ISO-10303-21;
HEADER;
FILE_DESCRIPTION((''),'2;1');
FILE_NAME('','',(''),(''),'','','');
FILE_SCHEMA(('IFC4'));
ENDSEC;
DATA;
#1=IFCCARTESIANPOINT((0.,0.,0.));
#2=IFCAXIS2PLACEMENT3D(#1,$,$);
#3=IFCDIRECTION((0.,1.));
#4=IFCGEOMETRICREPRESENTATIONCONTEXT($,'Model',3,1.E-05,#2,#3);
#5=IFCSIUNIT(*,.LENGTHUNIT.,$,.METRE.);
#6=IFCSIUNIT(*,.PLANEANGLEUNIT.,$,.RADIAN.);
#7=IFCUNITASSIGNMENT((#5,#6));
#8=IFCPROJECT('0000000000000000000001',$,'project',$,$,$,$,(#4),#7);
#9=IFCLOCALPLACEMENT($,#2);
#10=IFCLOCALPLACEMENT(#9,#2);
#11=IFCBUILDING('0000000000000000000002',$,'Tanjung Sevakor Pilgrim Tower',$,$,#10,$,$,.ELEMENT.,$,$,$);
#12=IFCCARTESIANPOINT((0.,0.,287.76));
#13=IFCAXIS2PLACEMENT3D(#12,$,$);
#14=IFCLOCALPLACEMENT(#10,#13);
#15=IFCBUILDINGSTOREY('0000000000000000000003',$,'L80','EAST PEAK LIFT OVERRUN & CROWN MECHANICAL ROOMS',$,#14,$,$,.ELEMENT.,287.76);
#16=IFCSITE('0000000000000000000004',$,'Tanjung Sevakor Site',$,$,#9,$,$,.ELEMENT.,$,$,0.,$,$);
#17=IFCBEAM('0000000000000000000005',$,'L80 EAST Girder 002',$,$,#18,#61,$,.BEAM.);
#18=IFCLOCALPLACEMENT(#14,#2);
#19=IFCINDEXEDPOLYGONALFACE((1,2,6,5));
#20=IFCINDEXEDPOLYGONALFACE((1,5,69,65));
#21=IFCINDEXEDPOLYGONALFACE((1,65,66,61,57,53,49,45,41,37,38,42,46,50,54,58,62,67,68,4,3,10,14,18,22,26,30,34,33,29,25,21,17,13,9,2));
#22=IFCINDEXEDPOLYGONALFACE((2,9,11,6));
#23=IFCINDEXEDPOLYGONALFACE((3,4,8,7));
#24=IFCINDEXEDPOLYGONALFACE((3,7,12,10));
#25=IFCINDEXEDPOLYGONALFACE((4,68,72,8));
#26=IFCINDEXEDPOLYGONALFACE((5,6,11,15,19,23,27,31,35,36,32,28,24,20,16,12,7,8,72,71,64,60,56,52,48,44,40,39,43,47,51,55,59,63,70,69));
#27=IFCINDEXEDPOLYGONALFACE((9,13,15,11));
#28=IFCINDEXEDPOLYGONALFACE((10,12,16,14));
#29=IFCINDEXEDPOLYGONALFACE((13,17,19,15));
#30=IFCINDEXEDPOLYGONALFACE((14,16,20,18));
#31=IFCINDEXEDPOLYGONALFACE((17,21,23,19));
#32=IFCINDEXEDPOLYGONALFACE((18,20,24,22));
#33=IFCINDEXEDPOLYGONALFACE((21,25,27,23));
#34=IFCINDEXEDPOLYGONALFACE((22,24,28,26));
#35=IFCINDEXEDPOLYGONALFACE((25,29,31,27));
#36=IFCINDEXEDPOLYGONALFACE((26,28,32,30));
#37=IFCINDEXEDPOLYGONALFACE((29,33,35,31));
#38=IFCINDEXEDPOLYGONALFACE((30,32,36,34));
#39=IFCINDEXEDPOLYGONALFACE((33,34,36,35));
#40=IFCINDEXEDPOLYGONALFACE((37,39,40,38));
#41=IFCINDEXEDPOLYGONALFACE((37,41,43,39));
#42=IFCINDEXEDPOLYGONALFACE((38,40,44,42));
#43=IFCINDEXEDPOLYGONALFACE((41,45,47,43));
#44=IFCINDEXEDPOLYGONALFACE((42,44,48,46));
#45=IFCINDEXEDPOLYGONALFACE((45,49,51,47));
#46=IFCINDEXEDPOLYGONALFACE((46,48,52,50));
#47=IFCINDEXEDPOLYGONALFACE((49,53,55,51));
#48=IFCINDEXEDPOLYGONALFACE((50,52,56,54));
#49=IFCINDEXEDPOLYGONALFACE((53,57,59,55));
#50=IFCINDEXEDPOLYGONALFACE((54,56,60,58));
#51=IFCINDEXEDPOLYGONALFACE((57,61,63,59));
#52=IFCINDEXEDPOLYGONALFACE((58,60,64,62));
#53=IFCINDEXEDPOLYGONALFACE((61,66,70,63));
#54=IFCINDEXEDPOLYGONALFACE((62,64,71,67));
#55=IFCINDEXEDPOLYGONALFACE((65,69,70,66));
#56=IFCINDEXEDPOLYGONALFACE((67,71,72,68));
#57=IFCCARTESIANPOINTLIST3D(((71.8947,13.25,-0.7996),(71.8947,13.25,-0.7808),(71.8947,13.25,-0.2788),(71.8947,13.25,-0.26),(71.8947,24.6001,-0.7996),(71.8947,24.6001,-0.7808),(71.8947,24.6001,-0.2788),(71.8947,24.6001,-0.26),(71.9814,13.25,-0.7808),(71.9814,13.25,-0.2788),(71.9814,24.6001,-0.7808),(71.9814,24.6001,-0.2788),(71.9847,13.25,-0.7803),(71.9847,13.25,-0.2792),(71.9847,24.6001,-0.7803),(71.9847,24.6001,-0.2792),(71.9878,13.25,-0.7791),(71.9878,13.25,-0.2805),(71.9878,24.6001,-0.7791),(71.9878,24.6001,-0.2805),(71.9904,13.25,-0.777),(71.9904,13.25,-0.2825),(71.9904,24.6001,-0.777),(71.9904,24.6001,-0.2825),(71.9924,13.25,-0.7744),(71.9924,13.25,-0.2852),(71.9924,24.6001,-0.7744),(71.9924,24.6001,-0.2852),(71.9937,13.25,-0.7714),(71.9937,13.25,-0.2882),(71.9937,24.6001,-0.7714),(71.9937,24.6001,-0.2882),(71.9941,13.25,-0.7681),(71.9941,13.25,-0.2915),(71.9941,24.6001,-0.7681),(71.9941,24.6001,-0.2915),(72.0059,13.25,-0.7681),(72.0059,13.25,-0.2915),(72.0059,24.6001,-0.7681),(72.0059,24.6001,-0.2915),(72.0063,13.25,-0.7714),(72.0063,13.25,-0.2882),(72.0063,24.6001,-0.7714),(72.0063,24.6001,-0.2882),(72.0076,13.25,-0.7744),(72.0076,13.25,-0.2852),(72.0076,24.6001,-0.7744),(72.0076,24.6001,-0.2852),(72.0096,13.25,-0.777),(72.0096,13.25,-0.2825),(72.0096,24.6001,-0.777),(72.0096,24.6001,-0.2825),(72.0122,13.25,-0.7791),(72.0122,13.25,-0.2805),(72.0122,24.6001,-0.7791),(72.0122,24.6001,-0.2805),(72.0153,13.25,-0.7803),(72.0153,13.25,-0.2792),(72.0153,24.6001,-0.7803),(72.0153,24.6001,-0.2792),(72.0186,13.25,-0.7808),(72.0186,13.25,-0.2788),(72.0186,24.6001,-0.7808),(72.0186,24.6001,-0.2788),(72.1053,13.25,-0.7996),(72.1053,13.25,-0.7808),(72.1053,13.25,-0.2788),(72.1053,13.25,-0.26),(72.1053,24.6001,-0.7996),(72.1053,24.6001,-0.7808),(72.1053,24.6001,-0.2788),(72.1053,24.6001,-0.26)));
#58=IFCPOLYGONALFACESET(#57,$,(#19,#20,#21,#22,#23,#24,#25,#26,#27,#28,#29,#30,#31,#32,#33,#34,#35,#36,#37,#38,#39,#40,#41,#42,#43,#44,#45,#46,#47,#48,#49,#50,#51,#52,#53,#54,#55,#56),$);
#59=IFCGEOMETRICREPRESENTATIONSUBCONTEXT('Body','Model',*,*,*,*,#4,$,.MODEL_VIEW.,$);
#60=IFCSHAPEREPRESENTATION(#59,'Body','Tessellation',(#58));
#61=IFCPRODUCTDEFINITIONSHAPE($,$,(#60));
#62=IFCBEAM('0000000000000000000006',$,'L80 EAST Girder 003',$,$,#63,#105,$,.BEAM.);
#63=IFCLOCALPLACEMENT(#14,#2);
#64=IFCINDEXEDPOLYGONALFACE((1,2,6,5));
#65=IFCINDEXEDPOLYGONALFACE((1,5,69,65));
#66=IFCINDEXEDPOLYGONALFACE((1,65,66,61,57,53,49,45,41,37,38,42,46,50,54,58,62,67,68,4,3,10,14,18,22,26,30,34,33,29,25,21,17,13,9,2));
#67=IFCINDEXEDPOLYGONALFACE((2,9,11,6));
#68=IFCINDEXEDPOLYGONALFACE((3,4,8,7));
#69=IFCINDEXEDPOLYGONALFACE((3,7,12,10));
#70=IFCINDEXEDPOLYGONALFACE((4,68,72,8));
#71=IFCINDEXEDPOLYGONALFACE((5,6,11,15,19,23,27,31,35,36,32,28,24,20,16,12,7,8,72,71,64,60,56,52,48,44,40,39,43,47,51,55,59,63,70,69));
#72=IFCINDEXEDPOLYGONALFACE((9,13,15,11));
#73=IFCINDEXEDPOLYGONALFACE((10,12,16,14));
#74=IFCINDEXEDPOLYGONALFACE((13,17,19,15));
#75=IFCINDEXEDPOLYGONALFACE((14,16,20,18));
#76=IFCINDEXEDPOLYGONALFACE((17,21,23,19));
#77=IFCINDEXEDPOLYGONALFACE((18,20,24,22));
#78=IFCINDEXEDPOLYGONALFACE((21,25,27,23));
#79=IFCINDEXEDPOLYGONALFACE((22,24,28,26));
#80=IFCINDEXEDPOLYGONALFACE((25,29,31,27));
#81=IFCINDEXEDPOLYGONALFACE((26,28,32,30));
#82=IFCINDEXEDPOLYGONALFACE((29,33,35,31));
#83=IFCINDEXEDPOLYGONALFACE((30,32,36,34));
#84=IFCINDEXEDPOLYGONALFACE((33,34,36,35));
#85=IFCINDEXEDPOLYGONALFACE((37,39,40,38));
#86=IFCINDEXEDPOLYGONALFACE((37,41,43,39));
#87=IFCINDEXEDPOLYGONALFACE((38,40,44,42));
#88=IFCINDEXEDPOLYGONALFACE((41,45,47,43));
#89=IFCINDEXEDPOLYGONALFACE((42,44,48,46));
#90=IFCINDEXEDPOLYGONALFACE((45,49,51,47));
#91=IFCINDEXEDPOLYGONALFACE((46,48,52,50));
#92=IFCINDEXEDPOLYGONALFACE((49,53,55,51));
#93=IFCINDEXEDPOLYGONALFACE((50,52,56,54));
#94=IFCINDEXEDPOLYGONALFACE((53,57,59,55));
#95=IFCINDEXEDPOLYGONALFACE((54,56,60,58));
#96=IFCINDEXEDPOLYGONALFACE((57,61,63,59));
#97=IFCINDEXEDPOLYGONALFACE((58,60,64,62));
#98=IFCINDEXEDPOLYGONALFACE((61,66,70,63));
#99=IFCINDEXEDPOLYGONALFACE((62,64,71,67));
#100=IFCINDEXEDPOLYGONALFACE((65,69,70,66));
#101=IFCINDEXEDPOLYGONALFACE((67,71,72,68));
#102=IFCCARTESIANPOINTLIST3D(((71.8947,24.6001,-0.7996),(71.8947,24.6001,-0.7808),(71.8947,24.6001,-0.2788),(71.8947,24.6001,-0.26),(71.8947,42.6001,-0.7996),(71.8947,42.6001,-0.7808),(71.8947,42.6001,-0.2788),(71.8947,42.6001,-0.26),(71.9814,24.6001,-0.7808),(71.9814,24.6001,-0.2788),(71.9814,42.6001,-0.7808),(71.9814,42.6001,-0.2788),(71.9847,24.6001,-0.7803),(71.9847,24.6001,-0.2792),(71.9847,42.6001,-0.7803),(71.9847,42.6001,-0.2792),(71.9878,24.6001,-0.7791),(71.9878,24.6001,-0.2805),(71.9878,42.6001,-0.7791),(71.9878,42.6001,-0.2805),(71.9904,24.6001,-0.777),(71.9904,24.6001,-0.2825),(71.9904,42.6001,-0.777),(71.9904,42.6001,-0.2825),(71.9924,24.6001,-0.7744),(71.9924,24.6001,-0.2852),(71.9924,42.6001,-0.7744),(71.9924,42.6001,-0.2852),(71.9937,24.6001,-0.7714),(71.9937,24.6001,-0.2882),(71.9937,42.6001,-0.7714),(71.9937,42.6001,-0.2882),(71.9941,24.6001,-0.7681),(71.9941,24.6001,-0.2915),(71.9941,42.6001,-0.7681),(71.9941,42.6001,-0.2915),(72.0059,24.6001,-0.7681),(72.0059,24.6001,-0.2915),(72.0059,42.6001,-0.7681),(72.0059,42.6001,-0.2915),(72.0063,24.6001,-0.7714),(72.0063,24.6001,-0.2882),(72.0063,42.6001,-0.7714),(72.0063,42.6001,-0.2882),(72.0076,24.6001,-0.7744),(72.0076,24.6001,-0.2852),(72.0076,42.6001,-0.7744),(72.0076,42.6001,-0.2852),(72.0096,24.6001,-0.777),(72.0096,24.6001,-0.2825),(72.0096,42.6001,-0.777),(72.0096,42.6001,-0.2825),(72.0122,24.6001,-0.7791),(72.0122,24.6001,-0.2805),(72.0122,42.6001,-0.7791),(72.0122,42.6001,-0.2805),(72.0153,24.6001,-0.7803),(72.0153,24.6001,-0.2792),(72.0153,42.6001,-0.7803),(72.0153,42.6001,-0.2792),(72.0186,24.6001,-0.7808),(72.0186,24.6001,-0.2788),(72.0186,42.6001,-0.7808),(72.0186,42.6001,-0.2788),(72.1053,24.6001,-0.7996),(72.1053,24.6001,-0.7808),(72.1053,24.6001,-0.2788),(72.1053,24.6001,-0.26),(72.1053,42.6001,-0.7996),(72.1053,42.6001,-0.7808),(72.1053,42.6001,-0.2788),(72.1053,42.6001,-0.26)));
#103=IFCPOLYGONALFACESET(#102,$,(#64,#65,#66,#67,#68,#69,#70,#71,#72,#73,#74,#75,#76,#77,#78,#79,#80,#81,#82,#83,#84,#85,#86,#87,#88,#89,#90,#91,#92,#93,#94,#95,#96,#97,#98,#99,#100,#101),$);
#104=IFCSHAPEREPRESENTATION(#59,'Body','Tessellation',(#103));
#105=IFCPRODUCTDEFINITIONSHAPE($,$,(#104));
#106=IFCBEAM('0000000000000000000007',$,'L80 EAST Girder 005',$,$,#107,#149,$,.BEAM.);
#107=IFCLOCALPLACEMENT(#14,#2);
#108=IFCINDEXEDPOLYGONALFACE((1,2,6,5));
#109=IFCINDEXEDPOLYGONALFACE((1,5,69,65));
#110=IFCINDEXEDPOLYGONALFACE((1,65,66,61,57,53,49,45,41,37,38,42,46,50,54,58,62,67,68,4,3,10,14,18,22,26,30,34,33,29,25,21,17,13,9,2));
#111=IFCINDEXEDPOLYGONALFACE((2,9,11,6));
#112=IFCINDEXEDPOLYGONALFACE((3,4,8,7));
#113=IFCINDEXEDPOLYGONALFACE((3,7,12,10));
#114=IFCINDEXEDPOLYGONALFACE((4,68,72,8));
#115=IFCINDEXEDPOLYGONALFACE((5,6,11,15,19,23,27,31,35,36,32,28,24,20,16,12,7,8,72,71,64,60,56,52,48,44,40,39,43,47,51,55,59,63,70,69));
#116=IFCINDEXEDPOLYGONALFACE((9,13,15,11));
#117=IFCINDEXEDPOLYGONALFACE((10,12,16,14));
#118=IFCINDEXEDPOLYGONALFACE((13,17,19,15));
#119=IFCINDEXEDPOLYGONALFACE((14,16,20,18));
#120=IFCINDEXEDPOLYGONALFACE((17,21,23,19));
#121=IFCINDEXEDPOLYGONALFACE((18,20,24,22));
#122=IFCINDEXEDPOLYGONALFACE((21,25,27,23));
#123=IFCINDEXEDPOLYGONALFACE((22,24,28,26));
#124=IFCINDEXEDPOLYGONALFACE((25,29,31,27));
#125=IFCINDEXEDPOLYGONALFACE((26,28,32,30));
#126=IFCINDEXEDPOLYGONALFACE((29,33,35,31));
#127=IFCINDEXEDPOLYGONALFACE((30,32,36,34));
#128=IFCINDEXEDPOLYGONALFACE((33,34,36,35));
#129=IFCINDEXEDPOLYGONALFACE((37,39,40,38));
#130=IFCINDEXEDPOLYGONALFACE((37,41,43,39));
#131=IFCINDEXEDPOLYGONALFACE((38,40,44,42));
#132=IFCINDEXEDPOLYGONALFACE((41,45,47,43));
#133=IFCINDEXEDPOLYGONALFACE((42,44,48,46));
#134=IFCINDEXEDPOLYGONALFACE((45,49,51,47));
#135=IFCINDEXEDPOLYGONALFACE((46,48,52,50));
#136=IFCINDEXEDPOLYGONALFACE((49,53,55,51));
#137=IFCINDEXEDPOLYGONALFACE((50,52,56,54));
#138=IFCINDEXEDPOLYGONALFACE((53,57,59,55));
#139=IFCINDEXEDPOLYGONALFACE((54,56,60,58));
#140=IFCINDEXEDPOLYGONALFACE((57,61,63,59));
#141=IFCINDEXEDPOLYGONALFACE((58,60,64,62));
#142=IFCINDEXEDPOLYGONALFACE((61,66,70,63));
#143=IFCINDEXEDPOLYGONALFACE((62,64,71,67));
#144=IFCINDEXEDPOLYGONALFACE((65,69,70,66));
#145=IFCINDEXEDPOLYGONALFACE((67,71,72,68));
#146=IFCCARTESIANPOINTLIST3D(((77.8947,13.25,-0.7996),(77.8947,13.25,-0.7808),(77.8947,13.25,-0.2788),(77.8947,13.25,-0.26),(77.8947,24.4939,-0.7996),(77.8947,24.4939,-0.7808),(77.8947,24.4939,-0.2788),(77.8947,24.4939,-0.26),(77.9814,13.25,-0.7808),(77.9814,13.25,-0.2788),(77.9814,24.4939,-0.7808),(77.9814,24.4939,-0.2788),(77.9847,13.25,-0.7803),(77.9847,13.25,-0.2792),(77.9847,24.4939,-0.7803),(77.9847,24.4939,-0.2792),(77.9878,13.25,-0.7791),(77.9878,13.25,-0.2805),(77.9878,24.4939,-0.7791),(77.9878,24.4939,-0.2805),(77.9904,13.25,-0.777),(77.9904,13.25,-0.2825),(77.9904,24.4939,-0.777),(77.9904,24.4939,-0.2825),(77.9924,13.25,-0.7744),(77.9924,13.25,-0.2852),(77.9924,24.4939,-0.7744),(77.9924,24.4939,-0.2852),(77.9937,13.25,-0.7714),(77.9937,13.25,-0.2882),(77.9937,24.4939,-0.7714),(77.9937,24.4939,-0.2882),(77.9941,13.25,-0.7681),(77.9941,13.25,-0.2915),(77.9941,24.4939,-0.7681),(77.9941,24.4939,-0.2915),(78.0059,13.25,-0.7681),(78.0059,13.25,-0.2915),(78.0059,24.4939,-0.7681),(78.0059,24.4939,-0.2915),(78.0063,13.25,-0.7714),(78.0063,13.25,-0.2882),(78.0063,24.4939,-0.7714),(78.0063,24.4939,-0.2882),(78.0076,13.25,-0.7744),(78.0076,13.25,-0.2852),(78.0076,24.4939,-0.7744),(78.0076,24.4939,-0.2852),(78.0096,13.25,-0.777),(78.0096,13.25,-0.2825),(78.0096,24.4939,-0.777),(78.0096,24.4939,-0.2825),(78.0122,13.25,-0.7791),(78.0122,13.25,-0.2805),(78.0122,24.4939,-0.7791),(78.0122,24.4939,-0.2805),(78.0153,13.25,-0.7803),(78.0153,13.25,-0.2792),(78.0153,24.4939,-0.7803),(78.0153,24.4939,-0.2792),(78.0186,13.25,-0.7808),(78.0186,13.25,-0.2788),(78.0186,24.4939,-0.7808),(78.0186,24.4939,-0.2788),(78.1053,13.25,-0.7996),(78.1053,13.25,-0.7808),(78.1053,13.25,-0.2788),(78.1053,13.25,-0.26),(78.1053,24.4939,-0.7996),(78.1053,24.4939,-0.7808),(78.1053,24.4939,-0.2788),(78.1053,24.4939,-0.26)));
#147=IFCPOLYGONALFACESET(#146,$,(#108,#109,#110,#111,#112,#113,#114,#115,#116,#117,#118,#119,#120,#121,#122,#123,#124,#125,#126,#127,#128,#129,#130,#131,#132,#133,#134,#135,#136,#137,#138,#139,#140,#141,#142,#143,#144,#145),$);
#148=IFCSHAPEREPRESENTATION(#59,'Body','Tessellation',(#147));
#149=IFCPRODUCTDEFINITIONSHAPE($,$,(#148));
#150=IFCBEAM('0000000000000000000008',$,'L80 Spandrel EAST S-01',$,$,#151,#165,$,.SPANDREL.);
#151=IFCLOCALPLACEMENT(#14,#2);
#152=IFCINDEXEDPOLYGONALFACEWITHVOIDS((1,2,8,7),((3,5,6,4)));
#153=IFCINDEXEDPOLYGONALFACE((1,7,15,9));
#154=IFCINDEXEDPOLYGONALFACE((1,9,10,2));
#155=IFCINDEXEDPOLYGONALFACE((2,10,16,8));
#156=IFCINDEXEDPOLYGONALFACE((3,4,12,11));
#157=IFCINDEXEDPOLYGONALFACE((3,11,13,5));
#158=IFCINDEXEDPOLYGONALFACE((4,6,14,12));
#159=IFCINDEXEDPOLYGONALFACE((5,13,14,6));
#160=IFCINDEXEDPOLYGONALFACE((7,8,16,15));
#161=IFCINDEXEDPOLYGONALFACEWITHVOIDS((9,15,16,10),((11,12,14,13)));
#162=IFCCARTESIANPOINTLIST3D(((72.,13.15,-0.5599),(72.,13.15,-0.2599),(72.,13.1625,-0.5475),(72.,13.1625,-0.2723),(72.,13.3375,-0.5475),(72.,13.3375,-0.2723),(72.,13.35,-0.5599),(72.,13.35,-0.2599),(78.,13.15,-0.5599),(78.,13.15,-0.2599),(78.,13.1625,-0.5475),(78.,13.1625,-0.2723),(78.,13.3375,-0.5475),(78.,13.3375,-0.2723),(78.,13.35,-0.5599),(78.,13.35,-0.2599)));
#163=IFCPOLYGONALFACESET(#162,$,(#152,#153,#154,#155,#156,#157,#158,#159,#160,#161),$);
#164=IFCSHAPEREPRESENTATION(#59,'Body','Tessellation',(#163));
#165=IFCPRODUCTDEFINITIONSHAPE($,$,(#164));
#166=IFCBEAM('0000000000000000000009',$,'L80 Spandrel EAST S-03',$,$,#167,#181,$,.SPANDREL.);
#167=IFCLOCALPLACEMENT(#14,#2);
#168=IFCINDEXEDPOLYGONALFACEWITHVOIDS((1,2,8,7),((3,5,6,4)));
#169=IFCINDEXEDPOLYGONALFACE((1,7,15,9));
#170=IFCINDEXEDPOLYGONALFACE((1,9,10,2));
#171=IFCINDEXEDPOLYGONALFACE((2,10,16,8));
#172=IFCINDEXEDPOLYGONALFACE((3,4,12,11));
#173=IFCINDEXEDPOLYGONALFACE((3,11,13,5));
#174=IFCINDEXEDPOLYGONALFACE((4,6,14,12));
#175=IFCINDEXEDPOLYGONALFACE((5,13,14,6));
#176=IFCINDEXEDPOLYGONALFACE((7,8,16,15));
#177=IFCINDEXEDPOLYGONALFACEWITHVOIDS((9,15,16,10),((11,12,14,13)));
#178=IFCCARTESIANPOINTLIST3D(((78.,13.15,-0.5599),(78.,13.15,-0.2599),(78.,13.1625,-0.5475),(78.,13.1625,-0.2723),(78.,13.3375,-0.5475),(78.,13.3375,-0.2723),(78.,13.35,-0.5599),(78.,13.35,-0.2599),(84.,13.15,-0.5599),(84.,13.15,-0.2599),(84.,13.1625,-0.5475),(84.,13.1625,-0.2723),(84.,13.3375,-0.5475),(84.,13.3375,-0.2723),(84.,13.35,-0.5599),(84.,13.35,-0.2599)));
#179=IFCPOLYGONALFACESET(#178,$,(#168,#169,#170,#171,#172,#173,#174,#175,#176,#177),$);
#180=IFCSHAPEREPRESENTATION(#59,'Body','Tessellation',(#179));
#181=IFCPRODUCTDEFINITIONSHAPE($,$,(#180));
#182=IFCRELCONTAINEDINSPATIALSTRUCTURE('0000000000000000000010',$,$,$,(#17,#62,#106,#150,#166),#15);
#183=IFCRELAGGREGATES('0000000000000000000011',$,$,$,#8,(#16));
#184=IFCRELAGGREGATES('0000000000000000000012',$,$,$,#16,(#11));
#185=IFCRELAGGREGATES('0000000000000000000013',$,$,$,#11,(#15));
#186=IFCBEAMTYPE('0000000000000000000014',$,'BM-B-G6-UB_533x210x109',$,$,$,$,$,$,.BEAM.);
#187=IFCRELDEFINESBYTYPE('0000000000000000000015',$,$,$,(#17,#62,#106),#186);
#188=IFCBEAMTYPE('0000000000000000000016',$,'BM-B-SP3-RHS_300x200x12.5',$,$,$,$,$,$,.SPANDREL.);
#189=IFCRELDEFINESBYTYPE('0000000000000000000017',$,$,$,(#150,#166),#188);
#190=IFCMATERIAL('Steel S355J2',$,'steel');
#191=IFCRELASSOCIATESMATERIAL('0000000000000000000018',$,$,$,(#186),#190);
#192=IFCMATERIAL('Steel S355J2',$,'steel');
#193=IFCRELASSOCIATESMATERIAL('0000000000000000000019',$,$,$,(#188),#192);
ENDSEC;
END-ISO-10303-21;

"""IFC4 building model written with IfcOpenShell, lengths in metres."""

from ifc_helpers import new_model, si_unit, direction, frame, origin, origin_2d, place, context, subcontext, project, spatial, hollow_rectangle, i_section, extrude, material, material_profile, profile_set, type_object, element, save


model = new_model("IFC4")

# Units and contexts
model_context = context("Model", 3, precision=1e-05, world=origin(), true_north=direction((0.0, 1.0)))
body_context = subcontext(model_context, "Body", "Model", "MODEL_VIEW")
ifc_project = project(units=[si_unit("LENGTHUNIT", "METRE"), si_unit("PLANEANGLEUNIT", "RADIAN")], contexts=[model_context])

# Site, building, storey
site_placement = place(None, origin())
site = spatial("IfcSite", under=ifc_project, at=site_placement, Name="Tanjung Sevakor Site", CompositionType="ELEMENT", RefElevation=0.0)
building_placement = place(site_placement, origin())
building = spatial("IfcBuilding", under=site, at=building_placement, Name="Tanjung Sevakor Pilgrim Tower", CompositionType="ELEMENT")
storey_placement = place(building_placement, frame((0.0, 0.0, 287.76)))
storey = spatial("IfcBuildingStorey", under=building, at=storey_placement, Name="L80", Description="EAST PEAK LIFT OVERRUN & CROWN MECHANICAL ROOMS", CompositionType="ELEMENT", Elevation=287.76)

# Beams
ifc_material_1 = material(Name="Steel S355J2", Category="steel")
ifc_material_profile_1 = material_profile(ifc_material_1, i_section(OverallWidth=0.2107, OverallDepth=0.5396, WebThickness=0.0117, FlangeThickness=0.0188, FilletRadius=0.0127, at=origin_2d()))
ifc_profile_set_1 = profile_set([ifc_material_profile_1], Name="Steel S355J2")
beam_type_1 = type_object("IfcBeamType", Name="BM-B-G6-UB_533x210x109", PredefinedType="BEAM", material=ifc_profile_set_1)
beam_1_placement = place(storey_placement, frame((72.0, 13.25, -0.5298), z_axis=(0.0, 1.0, 0.0), x_axis=(-1.0, 0.0, 0.0)))
element("IfcBeam", 1, at=beam_1_placement, inside=storey, type_object=beam_type_1, Name="L80 EAST Girder 002", PredefinedType="BEAM", context=body_context, shape_type="SweptSolid", body=[
    extrude(i_section(OverallWidth=0.2107, OverallDepth=0.5396, WebThickness=0.0117, FlangeThickness=0.0188, FilletRadius=0.0127, at=origin_2d()), origin(), (0.0, 0.0, 1.0), 11.3501),
])
beam_2_placement = place(storey_placement, frame((72.0, 24.6001, -0.5298), z_axis=(0.0, 1.0, 0.0), x_axis=(-1.0, 0.0, 0.0)))
element("IfcBeam", 2, at=beam_2_placement, inside=storey, type_object=beam_type_1, Name="L80 EAST Girder 003", PredefinedType="BEAM", context=body_context, shape_type="SweptSolid", body=[
    extrude(i_section(OverallWidth=0.2107, OverallDepth=0.5396, WebThickness=0.0117, FlangeThickness=0.0188, FilletRadius=0.0127, at=origin_2d()), origin(), (0.0, 0.0, 1.0), 18.0),
])
beam_3_placement = place(storey_placement, frame((78.0, 13.25, -0.5298), z_axis=(0.0, 1.0, 0.0), x_axis=(-1.0, 0.0, 0.0)))
element("IfcBeam", 3, at=beam_3_placement, inside=storey, type_object=beam_type_1, Name="L80 EAST Girder 005", PredefinedType="BEAM", context=body_context, shape_type="SweptSolid", body=[
    extrude(i_section(OverallWidth=0.2107, OverallDepth=0.5396, WebThickness=0.0117, FlangeThickness=0.0188, FilletRadius=0.0127, at=origin_2d()), origin(), (0.0, 0.0, 1.0), 11.2439),
])
ifc_material_2 = material(Name="Steel S355J2", Category="steel")
ifc_material_profile_2 = material_profile(ifc_material_2, hollow_rectangle(XDim=0.2, YDim=0.3, WallThickness=0.0125, at=origin_2d()))
ifc_profile_set_2 = profile_set([ifc_material_profile_2], Name="Steel S355J2")
beam_type_2 = type_object("IfcBeamType", Name="BM-B-SP3-RHS_300x200x12.5", PredefinedType="SPANDREL", material=ifc_profile_set_2)
for number, where, z_axis, x_axis, name in (
    (4, (72.0, 13.25, -0.4099), (1.0, 0.0, 0.0), (0.0, 1.0, 0.0), "L80 Spandrel EAST S-01"),
    (5, (78.0, 13.25, -0.4099), (1.0, 0.0, 0.0), (0.0, 1.0, 0.0), "L80 Spandrel EAST S-03"),
):
    element("IfcBeam", number, at=place(storey_placement, frame(where, z_axis=z_axis, x_axis=x_axis)), inside=storey, type_object=beam_type_2, Name=name, PredefinedType="SPANDREL", context=body_context, shape_type="SweptSolid", body=[
        extrude(hollow_rectangle(XDim=0.2, YDim=0.3, WallThickness=0.0125, at=origin_2d()), origin(), (0.0, 0.0, 1.0), 6.0),
    ])

save(model, "model.ifc")
